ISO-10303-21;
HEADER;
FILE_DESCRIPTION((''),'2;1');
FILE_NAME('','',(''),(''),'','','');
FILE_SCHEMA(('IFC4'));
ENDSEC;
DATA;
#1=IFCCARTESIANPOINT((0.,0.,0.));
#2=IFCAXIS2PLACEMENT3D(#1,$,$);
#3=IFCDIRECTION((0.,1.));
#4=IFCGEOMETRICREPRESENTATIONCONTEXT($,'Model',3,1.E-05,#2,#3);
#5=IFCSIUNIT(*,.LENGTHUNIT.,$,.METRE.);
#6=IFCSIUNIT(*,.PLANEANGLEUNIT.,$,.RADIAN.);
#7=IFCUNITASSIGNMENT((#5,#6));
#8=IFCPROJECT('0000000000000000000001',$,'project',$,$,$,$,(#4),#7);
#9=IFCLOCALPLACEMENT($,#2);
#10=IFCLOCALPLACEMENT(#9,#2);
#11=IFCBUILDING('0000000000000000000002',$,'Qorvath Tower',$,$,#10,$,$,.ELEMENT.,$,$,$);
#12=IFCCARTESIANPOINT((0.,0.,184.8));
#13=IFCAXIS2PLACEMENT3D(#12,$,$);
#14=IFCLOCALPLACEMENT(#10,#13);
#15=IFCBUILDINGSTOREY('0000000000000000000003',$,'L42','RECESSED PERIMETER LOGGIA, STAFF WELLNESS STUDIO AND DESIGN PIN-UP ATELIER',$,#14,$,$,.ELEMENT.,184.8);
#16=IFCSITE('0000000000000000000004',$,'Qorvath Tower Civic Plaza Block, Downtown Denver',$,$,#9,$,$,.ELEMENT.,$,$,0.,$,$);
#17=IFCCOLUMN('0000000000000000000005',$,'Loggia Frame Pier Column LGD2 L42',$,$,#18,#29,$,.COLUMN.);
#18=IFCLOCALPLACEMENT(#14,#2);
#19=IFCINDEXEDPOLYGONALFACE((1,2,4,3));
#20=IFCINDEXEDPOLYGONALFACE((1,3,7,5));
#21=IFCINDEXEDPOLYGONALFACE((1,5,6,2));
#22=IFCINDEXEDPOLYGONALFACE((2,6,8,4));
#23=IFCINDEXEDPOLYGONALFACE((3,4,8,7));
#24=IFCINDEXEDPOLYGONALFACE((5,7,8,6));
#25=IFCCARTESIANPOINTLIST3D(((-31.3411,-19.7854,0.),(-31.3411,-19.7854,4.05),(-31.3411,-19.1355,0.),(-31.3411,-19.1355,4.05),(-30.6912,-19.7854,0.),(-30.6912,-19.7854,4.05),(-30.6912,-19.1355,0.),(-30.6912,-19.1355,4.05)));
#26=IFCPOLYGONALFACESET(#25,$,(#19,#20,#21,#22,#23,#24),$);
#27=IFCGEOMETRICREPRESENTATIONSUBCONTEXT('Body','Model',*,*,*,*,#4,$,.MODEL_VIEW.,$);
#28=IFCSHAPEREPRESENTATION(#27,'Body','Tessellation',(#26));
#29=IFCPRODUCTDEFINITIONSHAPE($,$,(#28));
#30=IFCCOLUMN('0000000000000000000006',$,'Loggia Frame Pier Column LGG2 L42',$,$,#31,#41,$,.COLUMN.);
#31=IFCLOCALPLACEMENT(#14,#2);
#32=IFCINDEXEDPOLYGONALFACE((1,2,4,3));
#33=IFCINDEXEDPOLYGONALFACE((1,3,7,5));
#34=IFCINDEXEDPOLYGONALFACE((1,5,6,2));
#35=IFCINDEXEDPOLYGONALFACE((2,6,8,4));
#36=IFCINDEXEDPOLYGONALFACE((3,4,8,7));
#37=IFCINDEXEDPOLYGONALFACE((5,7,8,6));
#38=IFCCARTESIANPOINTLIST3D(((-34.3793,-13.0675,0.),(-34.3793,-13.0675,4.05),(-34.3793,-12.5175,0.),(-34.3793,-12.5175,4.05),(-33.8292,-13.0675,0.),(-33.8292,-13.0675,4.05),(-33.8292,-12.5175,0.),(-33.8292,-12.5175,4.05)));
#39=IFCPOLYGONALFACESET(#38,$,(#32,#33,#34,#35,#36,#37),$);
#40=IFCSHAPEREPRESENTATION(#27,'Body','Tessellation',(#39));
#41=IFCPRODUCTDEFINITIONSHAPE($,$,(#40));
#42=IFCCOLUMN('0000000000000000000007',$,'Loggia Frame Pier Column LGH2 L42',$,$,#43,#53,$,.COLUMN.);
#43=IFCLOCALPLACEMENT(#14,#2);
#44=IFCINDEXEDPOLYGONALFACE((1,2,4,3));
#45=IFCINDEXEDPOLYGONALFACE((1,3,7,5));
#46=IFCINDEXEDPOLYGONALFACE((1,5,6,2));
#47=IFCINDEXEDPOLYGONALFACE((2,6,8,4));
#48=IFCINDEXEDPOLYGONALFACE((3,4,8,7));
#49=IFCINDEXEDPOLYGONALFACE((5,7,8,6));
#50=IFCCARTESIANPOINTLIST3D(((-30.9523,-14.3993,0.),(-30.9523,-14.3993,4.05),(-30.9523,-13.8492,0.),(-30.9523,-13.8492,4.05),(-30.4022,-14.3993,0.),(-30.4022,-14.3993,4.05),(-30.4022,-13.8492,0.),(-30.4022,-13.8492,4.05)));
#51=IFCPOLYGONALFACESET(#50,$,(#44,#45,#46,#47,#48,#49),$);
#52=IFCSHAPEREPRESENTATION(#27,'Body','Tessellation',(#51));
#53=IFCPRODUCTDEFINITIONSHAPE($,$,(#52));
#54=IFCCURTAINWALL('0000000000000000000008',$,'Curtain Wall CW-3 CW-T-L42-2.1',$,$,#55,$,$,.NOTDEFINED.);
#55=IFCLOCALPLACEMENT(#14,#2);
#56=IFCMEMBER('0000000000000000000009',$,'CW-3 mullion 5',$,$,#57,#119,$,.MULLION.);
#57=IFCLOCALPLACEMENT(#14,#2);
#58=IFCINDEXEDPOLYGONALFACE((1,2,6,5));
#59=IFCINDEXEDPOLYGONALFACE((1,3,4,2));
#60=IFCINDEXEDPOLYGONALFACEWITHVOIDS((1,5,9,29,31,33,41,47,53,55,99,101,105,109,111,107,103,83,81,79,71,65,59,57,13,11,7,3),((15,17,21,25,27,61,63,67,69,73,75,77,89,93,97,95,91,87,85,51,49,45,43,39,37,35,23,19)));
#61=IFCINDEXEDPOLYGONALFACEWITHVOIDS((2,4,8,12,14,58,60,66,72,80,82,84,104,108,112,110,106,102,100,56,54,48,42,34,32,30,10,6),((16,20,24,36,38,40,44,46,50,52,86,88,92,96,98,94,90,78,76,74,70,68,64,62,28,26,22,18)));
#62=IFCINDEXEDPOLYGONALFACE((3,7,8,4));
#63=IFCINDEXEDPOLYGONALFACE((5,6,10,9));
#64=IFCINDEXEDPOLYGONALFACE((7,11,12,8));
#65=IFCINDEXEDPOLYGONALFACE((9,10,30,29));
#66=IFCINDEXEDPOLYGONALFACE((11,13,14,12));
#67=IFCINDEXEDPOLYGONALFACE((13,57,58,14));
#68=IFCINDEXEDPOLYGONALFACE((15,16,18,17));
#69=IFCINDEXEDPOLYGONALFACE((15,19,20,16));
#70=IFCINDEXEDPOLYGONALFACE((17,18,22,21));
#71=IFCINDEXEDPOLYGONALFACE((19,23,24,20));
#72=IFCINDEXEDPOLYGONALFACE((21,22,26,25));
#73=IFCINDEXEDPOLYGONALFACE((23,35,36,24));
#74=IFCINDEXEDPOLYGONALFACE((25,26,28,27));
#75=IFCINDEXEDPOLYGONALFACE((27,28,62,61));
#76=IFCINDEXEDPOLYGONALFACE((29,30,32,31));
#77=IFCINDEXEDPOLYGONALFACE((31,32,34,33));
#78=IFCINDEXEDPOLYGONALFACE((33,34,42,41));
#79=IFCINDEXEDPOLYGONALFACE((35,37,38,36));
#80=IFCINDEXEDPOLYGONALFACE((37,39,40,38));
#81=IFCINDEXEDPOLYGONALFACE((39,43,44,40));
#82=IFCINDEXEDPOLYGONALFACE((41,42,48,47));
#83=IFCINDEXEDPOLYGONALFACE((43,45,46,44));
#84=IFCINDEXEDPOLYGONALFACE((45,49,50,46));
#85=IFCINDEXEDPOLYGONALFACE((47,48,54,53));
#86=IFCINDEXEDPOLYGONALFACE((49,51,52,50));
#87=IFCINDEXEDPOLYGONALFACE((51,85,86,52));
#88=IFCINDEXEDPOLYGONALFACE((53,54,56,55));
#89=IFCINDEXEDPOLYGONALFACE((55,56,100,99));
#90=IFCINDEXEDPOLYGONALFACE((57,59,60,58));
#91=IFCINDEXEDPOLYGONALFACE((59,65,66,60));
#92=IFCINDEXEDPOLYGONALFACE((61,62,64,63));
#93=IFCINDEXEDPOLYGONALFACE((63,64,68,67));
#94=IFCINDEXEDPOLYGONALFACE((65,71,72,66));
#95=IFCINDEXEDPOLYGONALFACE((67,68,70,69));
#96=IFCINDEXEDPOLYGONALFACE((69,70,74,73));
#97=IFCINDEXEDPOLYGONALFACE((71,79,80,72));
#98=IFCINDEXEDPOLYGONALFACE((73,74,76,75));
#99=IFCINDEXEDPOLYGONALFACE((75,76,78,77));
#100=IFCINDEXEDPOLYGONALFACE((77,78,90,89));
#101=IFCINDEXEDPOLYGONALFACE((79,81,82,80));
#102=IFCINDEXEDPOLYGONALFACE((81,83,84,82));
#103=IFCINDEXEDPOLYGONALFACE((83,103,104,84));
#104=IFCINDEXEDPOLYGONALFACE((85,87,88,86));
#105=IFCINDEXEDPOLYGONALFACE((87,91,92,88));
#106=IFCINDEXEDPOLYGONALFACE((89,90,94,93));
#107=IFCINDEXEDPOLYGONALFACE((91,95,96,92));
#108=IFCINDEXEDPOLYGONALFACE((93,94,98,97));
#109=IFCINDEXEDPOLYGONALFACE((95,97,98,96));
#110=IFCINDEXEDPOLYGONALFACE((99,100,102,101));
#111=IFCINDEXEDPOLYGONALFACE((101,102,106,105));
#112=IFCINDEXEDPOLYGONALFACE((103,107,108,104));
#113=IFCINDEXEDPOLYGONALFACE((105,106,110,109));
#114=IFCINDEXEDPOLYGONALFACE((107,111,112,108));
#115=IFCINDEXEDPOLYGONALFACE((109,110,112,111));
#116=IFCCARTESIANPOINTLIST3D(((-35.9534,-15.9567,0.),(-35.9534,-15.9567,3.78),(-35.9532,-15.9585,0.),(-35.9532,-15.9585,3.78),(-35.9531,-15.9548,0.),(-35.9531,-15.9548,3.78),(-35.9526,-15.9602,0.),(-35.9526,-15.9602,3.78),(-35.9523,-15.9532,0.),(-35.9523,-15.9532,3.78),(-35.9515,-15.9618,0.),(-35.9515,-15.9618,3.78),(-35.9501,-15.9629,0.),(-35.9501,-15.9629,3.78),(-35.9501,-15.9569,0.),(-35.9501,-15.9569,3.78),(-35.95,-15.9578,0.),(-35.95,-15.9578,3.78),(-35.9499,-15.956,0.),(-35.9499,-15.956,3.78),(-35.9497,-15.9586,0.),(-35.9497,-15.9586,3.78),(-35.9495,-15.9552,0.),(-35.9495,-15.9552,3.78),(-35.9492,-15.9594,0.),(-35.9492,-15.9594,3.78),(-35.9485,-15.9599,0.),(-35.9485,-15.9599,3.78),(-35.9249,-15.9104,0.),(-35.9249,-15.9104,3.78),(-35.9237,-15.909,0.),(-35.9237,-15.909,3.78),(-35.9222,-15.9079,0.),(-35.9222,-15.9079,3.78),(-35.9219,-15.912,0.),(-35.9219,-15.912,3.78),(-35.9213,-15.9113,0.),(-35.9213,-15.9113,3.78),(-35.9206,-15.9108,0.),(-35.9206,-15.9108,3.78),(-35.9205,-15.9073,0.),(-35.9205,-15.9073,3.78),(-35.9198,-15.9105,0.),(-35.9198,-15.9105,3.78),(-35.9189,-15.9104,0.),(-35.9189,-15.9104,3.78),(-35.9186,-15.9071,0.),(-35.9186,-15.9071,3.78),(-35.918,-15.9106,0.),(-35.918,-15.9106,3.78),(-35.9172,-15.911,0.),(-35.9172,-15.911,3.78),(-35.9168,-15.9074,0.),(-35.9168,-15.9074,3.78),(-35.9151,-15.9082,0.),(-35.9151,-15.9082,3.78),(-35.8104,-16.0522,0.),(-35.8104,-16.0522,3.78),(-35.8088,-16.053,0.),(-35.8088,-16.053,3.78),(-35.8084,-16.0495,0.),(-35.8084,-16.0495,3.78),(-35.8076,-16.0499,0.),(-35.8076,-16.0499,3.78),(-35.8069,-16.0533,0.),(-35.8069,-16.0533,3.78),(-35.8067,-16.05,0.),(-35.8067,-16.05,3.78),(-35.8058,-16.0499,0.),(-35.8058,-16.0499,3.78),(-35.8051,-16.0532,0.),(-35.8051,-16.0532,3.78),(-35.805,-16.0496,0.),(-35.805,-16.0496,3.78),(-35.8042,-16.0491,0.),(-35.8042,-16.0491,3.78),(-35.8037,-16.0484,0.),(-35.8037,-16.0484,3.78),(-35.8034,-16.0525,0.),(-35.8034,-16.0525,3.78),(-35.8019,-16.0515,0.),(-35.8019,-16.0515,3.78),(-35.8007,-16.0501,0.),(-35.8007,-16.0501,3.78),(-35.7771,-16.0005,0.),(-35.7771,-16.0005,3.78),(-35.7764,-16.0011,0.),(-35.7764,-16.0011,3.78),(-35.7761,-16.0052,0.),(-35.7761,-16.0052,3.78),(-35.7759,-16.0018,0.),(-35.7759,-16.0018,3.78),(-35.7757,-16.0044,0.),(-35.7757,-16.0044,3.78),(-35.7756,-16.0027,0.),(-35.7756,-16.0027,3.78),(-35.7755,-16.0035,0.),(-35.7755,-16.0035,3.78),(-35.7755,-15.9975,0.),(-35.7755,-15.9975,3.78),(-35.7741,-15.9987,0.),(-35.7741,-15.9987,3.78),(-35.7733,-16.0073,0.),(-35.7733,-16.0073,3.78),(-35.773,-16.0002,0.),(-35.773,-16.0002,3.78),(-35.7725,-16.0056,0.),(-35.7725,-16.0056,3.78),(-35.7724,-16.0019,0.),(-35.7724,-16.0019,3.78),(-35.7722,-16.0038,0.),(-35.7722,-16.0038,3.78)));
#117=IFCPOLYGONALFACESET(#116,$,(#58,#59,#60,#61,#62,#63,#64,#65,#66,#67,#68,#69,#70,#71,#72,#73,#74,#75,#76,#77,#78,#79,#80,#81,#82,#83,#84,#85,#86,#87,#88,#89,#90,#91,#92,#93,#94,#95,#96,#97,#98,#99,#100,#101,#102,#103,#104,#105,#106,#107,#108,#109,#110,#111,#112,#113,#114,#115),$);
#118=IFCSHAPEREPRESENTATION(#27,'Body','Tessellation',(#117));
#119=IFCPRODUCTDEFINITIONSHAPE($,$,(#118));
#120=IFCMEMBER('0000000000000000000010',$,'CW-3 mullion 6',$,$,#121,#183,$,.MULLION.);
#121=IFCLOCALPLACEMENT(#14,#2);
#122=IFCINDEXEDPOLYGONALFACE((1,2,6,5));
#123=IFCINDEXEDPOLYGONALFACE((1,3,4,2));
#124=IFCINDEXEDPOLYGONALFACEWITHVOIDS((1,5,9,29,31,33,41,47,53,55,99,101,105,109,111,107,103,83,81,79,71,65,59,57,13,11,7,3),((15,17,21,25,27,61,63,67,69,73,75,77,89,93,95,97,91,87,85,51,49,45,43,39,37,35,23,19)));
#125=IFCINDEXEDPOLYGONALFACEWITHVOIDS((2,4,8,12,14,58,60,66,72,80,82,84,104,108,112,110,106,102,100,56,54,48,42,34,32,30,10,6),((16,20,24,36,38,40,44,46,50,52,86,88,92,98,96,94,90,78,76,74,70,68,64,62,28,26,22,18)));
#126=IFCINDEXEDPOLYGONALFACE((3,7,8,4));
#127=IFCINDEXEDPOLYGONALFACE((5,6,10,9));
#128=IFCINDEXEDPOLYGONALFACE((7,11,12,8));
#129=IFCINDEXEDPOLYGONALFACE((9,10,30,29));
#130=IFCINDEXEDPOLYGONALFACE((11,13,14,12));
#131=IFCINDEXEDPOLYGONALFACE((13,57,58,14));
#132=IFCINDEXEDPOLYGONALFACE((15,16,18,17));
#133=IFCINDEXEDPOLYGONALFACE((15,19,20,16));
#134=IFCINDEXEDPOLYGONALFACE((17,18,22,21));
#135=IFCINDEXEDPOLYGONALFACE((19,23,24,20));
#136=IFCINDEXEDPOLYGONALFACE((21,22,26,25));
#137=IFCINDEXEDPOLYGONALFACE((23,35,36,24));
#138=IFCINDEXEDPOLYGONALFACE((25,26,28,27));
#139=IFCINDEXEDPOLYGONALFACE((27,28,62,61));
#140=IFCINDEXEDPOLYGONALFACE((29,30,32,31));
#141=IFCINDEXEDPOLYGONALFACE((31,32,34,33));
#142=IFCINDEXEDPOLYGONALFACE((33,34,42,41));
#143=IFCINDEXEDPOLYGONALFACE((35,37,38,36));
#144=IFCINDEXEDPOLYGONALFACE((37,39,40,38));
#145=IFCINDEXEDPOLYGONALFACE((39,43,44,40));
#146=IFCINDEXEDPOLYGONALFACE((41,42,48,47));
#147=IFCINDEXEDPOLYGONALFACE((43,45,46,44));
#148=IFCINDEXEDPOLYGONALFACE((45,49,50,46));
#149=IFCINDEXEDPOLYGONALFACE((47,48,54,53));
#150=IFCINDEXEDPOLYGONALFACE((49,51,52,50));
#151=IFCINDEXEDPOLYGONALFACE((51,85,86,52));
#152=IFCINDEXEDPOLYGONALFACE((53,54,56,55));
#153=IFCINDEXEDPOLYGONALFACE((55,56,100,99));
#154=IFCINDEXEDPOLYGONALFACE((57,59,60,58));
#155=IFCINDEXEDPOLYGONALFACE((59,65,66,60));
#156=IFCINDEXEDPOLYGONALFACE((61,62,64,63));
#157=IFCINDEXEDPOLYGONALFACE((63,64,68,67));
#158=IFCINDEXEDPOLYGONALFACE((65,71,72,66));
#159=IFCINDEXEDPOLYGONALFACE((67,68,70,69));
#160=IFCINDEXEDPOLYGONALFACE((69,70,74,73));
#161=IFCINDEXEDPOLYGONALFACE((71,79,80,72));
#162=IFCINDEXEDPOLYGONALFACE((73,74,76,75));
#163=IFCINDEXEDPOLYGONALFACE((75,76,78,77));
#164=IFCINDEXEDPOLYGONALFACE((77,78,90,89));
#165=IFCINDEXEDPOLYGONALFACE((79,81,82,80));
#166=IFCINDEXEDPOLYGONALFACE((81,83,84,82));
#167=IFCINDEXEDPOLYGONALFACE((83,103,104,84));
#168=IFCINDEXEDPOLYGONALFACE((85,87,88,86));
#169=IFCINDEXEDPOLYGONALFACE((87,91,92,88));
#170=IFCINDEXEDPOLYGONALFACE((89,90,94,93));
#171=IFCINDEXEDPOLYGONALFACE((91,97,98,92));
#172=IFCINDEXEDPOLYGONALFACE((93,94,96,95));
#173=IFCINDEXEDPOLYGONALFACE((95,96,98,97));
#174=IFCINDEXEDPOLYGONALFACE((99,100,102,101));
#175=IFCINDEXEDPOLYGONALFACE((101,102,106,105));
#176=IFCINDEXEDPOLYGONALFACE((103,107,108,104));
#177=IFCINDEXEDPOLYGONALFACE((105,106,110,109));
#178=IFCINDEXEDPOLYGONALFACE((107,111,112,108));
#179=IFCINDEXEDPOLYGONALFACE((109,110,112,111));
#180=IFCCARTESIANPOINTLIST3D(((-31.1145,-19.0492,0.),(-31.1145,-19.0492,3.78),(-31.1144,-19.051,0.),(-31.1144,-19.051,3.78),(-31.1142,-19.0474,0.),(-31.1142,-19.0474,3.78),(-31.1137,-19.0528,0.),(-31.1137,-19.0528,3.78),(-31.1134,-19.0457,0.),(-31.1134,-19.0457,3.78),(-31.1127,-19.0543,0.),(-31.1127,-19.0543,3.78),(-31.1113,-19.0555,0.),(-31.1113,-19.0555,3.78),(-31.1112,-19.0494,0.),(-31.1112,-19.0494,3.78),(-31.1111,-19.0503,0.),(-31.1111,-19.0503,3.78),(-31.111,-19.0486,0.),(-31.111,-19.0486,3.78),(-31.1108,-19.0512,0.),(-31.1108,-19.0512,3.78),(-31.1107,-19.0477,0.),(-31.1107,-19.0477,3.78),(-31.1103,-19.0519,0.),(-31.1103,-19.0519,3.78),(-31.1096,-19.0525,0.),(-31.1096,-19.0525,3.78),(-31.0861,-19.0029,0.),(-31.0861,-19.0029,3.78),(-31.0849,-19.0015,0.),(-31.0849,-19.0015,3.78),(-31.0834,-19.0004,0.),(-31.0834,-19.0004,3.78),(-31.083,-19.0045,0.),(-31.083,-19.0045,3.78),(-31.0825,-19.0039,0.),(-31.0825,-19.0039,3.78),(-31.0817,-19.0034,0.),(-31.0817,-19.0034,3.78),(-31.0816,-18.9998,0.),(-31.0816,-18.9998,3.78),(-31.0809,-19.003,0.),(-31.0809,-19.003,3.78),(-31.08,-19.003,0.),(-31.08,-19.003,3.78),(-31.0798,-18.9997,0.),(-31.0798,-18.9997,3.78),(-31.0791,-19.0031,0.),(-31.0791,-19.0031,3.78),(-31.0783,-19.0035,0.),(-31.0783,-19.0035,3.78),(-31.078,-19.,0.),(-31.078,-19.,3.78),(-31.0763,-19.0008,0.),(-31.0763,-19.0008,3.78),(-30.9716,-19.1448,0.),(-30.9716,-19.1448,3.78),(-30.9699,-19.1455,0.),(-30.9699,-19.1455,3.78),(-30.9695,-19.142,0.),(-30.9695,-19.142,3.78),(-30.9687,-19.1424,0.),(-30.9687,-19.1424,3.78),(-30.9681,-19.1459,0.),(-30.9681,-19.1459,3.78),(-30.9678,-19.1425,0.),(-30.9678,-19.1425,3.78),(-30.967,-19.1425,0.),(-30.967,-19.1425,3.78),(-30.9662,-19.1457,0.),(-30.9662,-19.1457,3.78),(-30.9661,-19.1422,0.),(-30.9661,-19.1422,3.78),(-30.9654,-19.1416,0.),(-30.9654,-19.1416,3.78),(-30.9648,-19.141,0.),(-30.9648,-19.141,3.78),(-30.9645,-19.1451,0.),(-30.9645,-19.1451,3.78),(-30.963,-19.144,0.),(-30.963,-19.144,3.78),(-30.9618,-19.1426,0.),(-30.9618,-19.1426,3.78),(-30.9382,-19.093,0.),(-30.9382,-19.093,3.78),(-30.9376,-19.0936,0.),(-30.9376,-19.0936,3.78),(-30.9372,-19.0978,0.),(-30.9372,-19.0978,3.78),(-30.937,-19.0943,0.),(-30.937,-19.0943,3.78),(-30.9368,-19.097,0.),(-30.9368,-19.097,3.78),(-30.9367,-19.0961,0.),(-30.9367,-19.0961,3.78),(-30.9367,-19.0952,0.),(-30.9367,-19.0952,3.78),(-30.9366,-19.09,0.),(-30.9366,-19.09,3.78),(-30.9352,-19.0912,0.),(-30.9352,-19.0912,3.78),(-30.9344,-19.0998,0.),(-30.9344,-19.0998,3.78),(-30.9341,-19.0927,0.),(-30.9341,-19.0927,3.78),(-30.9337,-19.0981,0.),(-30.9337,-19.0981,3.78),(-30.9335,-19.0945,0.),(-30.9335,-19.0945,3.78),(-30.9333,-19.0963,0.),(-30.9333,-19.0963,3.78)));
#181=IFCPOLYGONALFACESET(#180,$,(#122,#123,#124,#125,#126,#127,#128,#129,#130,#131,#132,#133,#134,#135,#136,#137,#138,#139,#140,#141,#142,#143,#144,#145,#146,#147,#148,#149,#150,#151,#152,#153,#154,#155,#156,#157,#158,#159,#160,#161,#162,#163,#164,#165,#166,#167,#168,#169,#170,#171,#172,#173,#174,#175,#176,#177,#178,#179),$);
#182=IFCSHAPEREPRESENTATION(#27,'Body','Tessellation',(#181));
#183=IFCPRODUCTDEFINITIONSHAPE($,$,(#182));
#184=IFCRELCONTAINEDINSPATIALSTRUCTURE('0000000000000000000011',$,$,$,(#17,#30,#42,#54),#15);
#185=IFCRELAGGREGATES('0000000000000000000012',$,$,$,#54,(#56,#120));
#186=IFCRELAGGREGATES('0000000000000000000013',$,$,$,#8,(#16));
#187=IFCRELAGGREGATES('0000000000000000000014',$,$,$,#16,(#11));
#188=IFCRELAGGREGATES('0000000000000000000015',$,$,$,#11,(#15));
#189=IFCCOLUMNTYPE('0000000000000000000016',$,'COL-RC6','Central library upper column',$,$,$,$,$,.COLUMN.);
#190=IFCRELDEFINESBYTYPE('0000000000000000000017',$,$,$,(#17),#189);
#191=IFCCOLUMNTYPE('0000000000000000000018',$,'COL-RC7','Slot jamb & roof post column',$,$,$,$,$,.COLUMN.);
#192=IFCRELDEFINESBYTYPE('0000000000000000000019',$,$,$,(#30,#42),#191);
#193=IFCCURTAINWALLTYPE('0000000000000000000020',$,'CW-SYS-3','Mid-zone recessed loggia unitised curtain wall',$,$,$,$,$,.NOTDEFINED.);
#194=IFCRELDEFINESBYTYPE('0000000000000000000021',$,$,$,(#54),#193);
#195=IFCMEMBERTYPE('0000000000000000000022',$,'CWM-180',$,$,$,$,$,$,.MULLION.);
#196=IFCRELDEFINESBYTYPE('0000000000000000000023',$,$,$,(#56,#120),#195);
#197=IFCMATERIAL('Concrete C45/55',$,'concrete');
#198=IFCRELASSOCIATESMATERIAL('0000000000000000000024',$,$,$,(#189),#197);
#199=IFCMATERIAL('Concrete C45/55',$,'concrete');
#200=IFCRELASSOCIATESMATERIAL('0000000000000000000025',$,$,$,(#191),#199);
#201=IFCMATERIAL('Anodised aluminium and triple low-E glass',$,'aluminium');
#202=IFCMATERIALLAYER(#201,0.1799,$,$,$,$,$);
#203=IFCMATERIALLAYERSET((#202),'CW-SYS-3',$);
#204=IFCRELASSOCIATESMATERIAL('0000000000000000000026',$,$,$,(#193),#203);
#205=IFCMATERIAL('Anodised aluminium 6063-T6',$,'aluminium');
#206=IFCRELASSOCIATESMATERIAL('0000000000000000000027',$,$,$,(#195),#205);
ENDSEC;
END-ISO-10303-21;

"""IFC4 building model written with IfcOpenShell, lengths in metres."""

from ifc_helpers import new_model, si_unit, direction, frame, origin, origin_2d, place, context, subcontext, project, spatial, rectangle, hollow_rectangle, extrude, material, layer, layer_set, material_profile, profile_set, type_object, element, aggregate, save


model = new_model("IFC4")

# Units and contexts
model_context = context("Model", 3, precision=1e-05, world=origin(), true_north=direction((0.0, 1.0)))
body_context = subcontext(model_context, "Body", "Model", "MODEL_VIEW")
ifc_project = project(units=[si_unit("LENGTHUNIT", "METRE"), si_unit("PLANEANGLEUNIT", "RADIAN")], contexts=[model_context])

# Site, building, storey
site_placement = place(None, origin())
site = spatial("IfcSite", under=ifc_project, at=site_placement, Name="Qorvath Tower Civic Plaza Block, Downtown Denver", CompositionType="ELEMENT", RefElevation=0.0)
building_placement = place(site_placement, origin())
building = spatial("IfcBuilding", under=site, at=building_placement, Name="Qorvath Tower", CompositionType="ELEMENT")
storey_placement = place(building_placement, frame((0.0, 0.0, 184.8)))
storey = spatial("IfcBuildingStorey", under=building, at=storey_placement, Name="L42", Description="RECESSED PERIMETER LOGGIA, STAFF WELLNESS STUDIO AND DESIGN PIN-UP ATELIER", CompositionType="ELEMENT", Elevation=184.8)

# Columns
ifc_material_1 = material(Name="Concrete C45/55", Category="concrete")
ifc_material_profile_1 = material_profile(ifc_material_1, rectangle(XDim=0.6499, YDim=0.6499, at=origin_2d()), Name="RC 650x650")
ifc_profile_set_1 = profile_set([ifc_material_profile_1], Name="Concrete C45/55")
column_type_1 = type_object("IfcColumnType", Name="COL-RC6", Description="Central library upper column", PredefinedType="COLUMN", material=ifc_profile_set_1)
column_placement = place(storey_placement, frame((-31.0161, -19.4604, 0.0), z_axis=(0.0, 0.0, 1.0), x_axis=(1.0, 0.0, 0.0)))
element("IfcColumn", 1, at=column_placement, inside=storey, type_object=column_type_1, Name="Loggia Frame Pier Column LGD2 L42", PredefinedType="COLUMN", context=body_context, shape_type="SweptSolid", body=[
    extrude(rectangle(XDim=0.6499, YDim=0.6499, at=origin_2d()), origin(), (0.0, 0.0, 1.0), 4.05),
])
ifc_material_2 = material(Name="Concrete C45/55", Category="concrete")
ifc_material_profile_2 = material_profile(ifc_material_2, rectangle(XDim=0.55, YDim=0.55, at=origin_2d()), Name="RC 550x550")
ifc_profile_set_2 = profile_set([ifc_material_profile_2], Name="Concrete C45/55")
column_type_2 = type_object("IfcColumnType", Name="COL-RC7", Description="Slot jamb & roof post column", PredefinedType="COLUMN", material=ifc_profile_set_2)
for number, where, z_axis, x_axis, name in (
    (2, (-34.1042, -12.7925, 0.0), (0.0, 0.0, 1.0), (1.0, 0.0, 0.0), "Loggia Frame Pier Column LGG2 L42"),
    (3, (-30.6772, -14.1243, 0.0), (0.0, 0.0, 1.0), (1.0, 0.0, 0.0), "Loggia Frame Pier Column LGH2 L42"),
):
    element("IfcColumn", number, at=place(storey_placement, frame(where, z_axis=z_axis, x_axis=x_axis)), inside=storey, type_object=column_type_2, Name=name, PredefinedType="COLUMN", context=body_context, shape_type="SweptSolid", body=[
        extrude(rectangle(XDim=0.55, YDim=0.55, at=origin_2d()), origin(), (0.0, 0.0, 1.0), 4.05),
    ])

# Curtain wall, members
ifc_material_3 = material(Name="Anodised aluminium and triple low-E glass", Category="aluminium")
ifc_layer_1 = layer(ifc_material_3, 0.1799)
ifc_layer_set_1 = layer_set([ifc_layer_1], Name="CW-SYS-3")
curtain_wall_type = type_object("IfcCurtainWallType", Name="CW-SYS-3", Description="Mid-zone recessed loggia unitised curtain wall", PredefinedType="NOTDEFINED", material=ifc_layer_set_1)
curtain_wall_1_placement = place(storey_placement, origin())
curtain_wall_1 = element("IfcCurtainWall", 4, at=curtain_wall_1_placement, inside=storey, type_object=curtain_wall_type, Name="Curtain Wall CW-3 CW-T-L42-2.1", PredefinedType="NOTDEFINED")
ifc_material_4 = material(Name="Anodised aluminium 6063-T6", Category="aluminium")
ifc_material_profile_3 = material_profile(ifc_material_4, hollow_rectangle(XDim=0.0649, YDim=0.1799, WallThickness=0.0034, InnerFilletRadius=0.0034, OuterFilletRadius=0.0071, at=origin_2d()), Name="CWM 180x65")
ifc_profile_set_3 = profile_set([ifc_material_profile_3], Name="Anodised aluminium 6063-T6")
member_type_1 = type_object("IfcMemberType", Name="CWM-180", PredefinedType="MULLION", material=ifc_profile_set_3)
member_1_placement = place(storey_placement, frame((-35.8628, -15.9802, 0.0), z_axis=(0.0, 0.0, 1.0), x_axis=(0.53853, 0.842607, 0.0)))
member_1 = element("IfcMember", 5, at=member_1_placement, type_object=member_type_1, Name="CW-3 mullion 5", PredefinedType="MULLION", context=body_context, shape_type="SweptSolid", body=[
    extrude(hollow_rectangle(XDim=0.0649, YDim=0.1799, WallThickness=0.0034, InnerFilletRadius=0.0034, OuterFilletRadius=0.0071, at=origin_2d()), origin(), (0.0, 0.0, 1.0), 3.78),
])
member_2_placement = place(storey_placement, frame((-31.0239, -19.0728, 0.0), z_axis=(0.0, 0.0, 1.0), x_axis=(0.53853, 0.842607, 0.0)))
member_2 = element("IfcMember", 6, at=member_2_placement, type_object=member_type_1, Name="CW-3 mullion 6", PredefinedType="MULLION", context=body_context, shape_type="SweptSolid", body=[
    extrude(hollow_rectangle(XDim=0.0649, YDim=0.1799, WallThickness=0.0034, InnerFilletRadius=0.0034, OuterFilletRadius=0.0071, at=origin_2d()), origin(), (0.0, 0.0, 1.0), 3.78),
])

aggregate(curtain_wall_1, [member_1, member_2])

save(model, "model.ifc")
